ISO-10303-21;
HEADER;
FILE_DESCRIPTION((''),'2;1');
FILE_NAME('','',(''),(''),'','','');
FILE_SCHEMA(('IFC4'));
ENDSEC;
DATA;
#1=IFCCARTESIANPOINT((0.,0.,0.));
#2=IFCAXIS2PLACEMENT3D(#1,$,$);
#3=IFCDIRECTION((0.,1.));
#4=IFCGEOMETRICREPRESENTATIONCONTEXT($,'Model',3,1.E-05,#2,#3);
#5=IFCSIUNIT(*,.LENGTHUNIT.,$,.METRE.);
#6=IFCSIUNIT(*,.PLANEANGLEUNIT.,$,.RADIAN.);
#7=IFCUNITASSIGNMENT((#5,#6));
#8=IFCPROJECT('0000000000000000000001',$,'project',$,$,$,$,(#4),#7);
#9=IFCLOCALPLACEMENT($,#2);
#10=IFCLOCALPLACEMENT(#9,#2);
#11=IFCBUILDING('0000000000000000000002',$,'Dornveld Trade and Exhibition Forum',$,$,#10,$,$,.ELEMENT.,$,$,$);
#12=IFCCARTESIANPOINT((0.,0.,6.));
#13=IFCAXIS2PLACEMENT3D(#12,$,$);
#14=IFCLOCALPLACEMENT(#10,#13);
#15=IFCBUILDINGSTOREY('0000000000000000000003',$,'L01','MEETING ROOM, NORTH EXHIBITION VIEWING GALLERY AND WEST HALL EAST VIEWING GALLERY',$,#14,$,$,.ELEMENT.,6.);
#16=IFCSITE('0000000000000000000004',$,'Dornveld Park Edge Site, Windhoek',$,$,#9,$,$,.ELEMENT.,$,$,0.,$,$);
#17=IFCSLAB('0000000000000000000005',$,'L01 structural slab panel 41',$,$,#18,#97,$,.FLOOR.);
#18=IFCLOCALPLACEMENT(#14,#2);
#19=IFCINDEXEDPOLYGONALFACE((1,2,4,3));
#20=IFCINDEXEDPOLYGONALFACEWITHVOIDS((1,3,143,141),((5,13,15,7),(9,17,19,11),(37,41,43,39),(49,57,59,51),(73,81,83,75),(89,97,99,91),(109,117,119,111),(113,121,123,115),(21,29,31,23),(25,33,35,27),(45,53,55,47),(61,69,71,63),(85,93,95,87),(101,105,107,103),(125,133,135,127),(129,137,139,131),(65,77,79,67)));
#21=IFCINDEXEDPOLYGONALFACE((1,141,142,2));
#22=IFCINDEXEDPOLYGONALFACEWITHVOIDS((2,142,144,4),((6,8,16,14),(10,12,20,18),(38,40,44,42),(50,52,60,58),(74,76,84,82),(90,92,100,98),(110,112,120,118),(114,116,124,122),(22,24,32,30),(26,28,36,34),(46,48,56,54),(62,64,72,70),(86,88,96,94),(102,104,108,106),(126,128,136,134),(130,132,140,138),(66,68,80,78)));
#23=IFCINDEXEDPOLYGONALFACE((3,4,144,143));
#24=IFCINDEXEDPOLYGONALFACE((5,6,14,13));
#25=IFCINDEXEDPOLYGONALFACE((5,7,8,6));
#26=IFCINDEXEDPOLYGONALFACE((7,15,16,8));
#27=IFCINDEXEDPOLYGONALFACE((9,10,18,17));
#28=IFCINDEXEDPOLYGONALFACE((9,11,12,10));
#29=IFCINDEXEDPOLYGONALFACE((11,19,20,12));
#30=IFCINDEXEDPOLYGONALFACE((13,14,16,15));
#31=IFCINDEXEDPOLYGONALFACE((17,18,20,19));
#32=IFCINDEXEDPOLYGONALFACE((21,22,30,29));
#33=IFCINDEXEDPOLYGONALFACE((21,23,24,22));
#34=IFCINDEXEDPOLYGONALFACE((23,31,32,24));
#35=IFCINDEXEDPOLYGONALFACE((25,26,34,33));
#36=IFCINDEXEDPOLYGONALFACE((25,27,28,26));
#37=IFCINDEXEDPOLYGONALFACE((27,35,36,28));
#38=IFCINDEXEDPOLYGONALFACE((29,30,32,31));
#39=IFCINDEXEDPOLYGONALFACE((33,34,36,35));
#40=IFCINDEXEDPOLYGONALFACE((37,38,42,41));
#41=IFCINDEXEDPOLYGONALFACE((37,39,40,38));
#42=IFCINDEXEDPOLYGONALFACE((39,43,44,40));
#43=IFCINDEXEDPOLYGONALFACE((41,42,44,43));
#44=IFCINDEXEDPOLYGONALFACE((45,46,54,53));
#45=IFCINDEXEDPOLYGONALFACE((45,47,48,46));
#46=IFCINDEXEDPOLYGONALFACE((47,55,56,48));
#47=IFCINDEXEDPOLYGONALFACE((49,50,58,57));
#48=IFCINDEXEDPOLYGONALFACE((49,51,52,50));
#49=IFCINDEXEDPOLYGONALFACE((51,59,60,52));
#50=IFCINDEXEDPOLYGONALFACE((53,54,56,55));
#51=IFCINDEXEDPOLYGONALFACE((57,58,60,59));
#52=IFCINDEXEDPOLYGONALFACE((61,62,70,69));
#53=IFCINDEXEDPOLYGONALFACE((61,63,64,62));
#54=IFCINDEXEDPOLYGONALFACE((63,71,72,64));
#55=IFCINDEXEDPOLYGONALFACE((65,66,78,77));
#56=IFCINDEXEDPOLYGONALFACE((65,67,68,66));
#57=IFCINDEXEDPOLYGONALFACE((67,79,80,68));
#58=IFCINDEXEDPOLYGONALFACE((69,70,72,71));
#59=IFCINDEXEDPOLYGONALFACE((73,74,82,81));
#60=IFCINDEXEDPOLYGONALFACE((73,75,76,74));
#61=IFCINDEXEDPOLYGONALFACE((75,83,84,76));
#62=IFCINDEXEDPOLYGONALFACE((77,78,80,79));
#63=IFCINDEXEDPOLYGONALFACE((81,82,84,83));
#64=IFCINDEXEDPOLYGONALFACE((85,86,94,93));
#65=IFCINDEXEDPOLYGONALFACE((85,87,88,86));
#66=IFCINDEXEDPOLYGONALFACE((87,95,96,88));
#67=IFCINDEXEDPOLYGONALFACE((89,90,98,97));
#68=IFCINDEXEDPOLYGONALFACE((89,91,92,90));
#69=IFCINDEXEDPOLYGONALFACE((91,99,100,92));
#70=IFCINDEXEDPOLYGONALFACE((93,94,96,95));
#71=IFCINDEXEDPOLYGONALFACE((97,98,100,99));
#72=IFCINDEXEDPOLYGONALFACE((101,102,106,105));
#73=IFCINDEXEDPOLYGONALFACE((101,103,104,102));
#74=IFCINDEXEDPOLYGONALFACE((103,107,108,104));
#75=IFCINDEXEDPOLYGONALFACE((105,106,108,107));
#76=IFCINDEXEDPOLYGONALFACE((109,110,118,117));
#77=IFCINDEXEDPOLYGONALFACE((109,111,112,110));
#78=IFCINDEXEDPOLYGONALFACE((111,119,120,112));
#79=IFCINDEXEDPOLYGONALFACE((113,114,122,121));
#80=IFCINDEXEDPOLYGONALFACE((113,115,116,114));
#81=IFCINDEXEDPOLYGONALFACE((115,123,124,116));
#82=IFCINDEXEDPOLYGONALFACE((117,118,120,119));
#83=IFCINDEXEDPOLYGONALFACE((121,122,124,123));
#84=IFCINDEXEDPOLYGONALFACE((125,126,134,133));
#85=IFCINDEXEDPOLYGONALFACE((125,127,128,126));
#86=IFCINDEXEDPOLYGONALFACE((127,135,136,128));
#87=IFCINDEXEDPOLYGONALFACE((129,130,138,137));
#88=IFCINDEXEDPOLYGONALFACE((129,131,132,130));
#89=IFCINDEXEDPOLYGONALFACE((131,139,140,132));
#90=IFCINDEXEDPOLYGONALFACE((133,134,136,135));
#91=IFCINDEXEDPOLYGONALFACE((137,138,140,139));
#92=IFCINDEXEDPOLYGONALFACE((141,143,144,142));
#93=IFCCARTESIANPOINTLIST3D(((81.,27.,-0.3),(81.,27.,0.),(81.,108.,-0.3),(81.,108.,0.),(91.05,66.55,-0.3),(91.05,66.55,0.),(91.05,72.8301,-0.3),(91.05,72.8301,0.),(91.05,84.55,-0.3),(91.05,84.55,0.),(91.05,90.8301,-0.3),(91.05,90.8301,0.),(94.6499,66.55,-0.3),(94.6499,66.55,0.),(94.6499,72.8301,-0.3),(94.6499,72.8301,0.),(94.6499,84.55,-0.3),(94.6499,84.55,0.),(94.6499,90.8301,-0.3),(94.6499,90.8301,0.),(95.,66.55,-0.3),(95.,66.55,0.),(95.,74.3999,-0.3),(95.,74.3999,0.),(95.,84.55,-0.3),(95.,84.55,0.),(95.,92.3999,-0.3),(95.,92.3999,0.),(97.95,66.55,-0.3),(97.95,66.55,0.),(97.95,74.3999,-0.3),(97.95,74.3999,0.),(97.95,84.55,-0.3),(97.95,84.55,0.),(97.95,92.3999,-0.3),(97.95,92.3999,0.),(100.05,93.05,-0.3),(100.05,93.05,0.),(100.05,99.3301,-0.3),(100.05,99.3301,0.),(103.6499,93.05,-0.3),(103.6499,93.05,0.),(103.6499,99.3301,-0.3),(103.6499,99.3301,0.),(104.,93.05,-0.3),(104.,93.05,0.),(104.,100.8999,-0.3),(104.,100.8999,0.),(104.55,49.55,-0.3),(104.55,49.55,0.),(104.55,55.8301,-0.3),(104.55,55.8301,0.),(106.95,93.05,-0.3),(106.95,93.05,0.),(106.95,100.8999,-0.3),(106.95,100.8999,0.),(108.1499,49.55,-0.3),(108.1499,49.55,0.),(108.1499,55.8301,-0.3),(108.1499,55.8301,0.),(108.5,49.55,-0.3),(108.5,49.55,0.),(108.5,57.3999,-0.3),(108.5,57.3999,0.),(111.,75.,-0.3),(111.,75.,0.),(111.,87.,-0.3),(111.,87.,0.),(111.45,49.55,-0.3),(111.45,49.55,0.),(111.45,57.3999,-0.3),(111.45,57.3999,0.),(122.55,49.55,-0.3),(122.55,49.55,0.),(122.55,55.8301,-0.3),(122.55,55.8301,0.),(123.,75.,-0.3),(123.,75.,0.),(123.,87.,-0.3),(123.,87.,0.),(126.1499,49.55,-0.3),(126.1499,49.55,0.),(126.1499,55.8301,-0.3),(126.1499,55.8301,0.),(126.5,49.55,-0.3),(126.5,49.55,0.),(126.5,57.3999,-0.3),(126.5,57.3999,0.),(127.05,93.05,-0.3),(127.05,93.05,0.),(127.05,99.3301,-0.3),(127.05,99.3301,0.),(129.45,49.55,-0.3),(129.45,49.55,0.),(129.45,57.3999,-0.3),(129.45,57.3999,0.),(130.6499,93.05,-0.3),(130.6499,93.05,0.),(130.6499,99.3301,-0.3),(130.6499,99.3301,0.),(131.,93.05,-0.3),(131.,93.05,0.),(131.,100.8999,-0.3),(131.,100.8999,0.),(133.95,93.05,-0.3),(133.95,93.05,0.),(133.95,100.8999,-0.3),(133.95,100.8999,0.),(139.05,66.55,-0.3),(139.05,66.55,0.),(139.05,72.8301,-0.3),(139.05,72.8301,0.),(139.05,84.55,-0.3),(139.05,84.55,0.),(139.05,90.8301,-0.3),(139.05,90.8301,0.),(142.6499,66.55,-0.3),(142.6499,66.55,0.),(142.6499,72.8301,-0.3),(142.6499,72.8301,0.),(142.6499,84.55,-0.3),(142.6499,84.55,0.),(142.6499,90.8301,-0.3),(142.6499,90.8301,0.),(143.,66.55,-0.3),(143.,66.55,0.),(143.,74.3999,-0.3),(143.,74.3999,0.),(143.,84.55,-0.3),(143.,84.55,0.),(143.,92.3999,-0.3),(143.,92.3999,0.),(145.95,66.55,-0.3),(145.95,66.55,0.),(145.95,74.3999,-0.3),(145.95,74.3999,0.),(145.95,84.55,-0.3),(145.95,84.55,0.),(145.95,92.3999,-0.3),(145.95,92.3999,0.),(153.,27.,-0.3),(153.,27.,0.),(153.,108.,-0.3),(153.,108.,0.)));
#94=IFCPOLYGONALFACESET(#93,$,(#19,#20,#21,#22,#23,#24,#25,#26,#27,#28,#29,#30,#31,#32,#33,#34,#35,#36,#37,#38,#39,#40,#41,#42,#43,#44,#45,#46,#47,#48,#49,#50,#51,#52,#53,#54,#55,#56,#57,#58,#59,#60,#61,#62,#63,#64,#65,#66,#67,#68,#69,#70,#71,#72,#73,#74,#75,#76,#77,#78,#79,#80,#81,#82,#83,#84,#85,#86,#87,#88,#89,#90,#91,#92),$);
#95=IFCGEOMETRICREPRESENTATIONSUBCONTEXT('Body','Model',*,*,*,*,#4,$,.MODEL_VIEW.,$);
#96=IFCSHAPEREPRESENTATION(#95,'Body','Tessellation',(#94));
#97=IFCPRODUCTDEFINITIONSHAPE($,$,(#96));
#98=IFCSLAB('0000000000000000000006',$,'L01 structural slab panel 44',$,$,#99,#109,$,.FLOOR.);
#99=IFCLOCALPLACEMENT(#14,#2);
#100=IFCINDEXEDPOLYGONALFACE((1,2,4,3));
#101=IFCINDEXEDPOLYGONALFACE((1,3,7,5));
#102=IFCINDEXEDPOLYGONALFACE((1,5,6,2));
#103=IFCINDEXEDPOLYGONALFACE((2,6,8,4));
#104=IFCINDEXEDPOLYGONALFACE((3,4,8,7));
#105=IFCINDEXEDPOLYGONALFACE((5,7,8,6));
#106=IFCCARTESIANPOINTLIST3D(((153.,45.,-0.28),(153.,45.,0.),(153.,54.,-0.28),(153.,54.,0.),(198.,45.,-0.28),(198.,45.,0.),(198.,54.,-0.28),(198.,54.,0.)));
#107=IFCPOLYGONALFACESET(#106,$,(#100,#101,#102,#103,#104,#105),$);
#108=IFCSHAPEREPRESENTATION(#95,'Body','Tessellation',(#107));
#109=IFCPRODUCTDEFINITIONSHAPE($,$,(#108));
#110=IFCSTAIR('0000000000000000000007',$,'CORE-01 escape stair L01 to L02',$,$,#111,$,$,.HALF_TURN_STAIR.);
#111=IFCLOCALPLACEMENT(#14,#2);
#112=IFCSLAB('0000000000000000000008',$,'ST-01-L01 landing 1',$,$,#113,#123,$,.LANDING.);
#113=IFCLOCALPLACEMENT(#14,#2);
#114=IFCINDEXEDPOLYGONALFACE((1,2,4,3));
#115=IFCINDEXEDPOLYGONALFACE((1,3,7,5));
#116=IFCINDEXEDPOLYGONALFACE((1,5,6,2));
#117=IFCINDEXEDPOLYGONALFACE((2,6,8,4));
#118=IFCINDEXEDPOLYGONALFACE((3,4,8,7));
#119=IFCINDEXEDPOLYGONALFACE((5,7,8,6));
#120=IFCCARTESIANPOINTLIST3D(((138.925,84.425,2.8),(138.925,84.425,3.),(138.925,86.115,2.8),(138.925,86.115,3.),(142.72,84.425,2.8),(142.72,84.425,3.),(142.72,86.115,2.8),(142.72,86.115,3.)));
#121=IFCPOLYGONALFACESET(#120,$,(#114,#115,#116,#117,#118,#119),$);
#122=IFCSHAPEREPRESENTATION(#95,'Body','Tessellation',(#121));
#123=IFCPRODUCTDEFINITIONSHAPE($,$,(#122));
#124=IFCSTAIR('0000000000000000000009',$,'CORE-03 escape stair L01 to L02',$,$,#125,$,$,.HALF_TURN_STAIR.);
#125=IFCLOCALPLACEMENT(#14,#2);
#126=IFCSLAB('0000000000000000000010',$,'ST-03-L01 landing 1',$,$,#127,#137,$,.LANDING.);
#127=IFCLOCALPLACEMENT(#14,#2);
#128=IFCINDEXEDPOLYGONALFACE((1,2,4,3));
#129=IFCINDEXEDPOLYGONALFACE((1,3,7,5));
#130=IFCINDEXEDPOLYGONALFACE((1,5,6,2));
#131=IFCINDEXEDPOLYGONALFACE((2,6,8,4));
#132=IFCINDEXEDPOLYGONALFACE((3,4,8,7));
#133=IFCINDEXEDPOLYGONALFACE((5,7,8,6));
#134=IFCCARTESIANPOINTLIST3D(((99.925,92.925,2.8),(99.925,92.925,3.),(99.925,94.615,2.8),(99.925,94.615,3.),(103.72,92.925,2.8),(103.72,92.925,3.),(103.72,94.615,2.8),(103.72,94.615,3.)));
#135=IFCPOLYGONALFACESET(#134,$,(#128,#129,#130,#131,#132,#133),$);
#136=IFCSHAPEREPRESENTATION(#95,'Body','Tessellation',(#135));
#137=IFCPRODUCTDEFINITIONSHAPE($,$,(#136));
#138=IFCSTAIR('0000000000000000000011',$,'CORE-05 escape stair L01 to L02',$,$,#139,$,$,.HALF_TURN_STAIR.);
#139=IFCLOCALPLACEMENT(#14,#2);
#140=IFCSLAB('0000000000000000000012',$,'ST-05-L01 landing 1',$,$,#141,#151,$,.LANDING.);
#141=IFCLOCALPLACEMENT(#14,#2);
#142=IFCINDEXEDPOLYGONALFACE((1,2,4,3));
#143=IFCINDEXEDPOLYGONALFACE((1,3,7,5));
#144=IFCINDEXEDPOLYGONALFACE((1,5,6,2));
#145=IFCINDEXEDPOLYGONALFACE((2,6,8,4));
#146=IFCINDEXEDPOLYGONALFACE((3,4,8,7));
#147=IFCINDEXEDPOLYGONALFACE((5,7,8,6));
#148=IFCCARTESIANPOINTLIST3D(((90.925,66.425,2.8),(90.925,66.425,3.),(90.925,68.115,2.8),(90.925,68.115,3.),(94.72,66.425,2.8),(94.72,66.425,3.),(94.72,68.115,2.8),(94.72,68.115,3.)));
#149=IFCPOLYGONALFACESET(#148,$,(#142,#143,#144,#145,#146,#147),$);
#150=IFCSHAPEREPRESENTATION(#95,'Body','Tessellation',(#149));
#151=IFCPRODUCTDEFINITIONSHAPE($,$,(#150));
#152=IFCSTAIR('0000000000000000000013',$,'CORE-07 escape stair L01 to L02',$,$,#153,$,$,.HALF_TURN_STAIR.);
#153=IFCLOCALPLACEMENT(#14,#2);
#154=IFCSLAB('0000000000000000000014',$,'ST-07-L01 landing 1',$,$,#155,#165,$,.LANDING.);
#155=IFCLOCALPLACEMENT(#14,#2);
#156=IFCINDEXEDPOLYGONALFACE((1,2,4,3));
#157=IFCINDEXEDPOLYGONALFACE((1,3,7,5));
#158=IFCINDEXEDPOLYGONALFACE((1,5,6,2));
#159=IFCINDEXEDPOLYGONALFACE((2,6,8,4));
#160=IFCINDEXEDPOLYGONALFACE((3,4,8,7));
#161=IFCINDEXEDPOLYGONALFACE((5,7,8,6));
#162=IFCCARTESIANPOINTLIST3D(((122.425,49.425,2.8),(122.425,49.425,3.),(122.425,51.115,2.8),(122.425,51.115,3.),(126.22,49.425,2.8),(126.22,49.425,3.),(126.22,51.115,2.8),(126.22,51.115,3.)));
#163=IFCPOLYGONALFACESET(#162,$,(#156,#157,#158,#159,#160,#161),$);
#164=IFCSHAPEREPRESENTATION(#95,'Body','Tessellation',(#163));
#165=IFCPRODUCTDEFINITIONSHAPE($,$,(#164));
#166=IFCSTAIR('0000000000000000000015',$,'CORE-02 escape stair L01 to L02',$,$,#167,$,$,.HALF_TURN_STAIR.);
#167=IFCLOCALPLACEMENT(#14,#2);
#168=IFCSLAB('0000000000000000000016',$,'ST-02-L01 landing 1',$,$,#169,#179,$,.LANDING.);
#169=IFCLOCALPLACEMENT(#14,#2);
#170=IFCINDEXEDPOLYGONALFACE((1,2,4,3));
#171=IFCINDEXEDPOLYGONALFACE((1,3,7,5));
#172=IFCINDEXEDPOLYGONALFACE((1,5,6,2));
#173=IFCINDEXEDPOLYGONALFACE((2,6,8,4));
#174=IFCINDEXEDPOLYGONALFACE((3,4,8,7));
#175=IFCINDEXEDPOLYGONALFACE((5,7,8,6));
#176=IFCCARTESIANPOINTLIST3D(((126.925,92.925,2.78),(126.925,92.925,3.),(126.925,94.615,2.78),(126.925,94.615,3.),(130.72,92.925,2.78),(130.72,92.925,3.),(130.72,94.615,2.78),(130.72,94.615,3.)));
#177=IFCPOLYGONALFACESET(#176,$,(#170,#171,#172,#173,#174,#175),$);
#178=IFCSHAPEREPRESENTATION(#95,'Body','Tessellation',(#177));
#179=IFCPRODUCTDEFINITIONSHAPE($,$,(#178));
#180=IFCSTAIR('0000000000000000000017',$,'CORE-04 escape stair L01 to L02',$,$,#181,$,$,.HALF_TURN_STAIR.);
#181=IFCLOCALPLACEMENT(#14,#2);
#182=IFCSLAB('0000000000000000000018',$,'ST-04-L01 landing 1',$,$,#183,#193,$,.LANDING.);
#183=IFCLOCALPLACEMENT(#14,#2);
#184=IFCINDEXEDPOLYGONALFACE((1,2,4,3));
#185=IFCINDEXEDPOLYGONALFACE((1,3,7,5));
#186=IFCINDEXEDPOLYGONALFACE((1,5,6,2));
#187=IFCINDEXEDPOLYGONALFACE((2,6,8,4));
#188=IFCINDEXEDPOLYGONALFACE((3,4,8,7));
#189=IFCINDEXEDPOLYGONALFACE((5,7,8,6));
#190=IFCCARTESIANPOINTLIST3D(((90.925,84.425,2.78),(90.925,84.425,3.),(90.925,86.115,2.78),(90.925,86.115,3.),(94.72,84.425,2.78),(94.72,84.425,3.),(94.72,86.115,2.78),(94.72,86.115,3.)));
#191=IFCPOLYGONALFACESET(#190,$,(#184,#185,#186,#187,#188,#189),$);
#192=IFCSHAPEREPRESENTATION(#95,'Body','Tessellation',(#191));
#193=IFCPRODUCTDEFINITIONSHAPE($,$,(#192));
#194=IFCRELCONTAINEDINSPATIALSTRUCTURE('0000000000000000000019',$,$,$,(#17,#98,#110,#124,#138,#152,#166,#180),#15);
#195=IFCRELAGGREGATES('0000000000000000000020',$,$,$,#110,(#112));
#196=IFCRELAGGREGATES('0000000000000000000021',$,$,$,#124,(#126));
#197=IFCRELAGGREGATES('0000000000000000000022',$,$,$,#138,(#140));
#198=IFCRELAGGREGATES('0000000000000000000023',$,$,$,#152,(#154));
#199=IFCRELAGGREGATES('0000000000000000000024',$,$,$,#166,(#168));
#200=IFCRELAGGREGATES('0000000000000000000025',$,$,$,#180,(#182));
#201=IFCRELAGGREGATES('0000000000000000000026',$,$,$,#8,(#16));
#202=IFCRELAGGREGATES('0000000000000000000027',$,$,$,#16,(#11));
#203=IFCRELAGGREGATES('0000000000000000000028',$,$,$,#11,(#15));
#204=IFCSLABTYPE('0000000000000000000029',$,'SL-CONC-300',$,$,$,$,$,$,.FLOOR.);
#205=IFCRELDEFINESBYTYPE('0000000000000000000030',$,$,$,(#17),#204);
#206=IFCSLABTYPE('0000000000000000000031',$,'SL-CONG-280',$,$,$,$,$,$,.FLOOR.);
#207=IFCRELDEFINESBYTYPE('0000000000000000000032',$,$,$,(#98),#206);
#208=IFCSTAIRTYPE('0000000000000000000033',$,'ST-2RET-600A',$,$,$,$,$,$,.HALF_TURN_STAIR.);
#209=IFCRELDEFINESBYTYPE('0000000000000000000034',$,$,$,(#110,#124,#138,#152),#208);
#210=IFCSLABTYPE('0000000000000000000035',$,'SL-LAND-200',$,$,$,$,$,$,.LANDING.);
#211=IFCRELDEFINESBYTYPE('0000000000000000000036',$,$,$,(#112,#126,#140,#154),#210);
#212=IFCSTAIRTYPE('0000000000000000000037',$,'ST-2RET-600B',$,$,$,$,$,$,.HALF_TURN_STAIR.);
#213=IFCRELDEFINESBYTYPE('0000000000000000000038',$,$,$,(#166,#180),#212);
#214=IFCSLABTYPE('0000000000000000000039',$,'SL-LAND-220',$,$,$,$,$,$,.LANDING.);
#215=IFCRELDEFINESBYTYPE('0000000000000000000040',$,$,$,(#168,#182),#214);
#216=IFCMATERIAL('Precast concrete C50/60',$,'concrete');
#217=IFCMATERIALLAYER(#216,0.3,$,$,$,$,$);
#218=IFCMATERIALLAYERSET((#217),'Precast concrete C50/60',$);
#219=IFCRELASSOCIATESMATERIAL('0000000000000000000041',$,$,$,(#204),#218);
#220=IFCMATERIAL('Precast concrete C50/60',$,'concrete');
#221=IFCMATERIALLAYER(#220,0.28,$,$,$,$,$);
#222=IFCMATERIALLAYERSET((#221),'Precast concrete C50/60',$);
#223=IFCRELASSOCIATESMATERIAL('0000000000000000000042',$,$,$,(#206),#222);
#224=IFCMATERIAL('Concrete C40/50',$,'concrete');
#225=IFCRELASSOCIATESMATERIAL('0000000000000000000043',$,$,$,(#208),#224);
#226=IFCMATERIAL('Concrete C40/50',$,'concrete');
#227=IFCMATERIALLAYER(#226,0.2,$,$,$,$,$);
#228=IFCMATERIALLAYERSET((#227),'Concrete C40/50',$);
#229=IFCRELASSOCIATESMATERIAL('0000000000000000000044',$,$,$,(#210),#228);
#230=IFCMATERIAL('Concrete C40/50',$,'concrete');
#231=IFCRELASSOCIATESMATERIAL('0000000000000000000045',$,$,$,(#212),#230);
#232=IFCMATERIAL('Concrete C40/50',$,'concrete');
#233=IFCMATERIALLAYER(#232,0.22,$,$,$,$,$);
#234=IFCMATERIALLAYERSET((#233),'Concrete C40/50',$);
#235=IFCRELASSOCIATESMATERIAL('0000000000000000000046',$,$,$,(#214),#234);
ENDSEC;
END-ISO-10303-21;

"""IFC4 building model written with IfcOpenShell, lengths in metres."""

from ifc_helpers import new_model, si_unit, direction, frame, origin, place, context, subcontext, project, spatial, polyline, outline, extrude, material, layer, layer_set, type_object, element, aggregate, save


model = new_model("IFC4")

# Units and contexts
model_context = context("Model", 3, precision=1e-05, world=origin(), true_north=direction((0.0, 1.0)))
body_context = subcontext(model_context, "Body", "Model", "MODEL_VIEW")
ifc_project = project(units=[si_unit("LENGTHUNIT", "METRE"), si_unit("PLANEANGLEUNIT", "RADIAN")], contexts=[model_context])

# Site, building, storey
site_placement = place(None, origin())
site = spatial("IfcSite", under=ifc_project, at=site_placement, Name="Dornveld Park Edge Site, Windhoek", CompositionType="ELEMENT", RefElevation=0.0)
building_placement = place(site_placement, origin())
building = spatial("IfcBuilding", under=site, at=building_placement, Name="Dornveld Trade and Exhibition Forum", CompositionType="ELEMENT")
storey_placement = place(building_placement, frame((0.0, 0.0, 6.0)))
storey = spatial("IfcBuildingStorey", under=building, at=storey_placement, Name="L01", Description="MEETING ROOM, NORTH EXHIBITION VIEWING GALLERY AND WEST HALL EAST VIEWING GALLERY", CompositionType="ELEMENT", Elevation=6.0)

# Slabs
ifc_material_1 = material(Name="Precast concrete C50/60", Category="concrete")
ifc_layer_1 = layer(ifc_material_1, 0.3)
ifc_layer_set_1 = layer_set([ifc_layer_1], Name="Precast concrete C50/60")
slab_type_1 = type_object("IfcSlabType", Name="SL-CONC-300", PredefinedType="FLOOR", material=ifc_layer_set_1)
slab_1_placement = place(storey_placement, frame((0.0, 0.0, -0.3)))
element("IfcSlab", 1, at=slab_1_placement, inside=storey, type_object=slab_type_1, Name="L01 structural slab panel 41", PredefinedType="FLOOR", context=body_context, shape_type="SweptSolid", body=[
    extrude(outline(polyline([(81.0, 27.0), (153.0, 27.0), (153.0, 108.0), (81.0, 108.0), (81.0, 27.0)]), holes=[polyline([(139.05, 84.55), (142.6499, 84.55), (142.6499, 90.8301), (139.05, 90.8301), (139.05, 84.55)]), polyline([(143.0, 84.55), (145.95, 84.55), (145.95, 92.3999), (143.0, 92.3999), (143.0, 84.55)]), polyline([(127.05, 93.05), (130.6499, 93.05), (130.6499, 99.3301), (127.05, 99.3301), (127.05, 93.05)]), polyline([(131.0, 93.05), (133.95, 93.05), (133.95, 100.8999), (131.0, 100.8999), (131.0, 93.05)]), polyline([(100.05, 93.05), (103.6499, 93.05), (103.6499, 99.3301), (100.05, 99.3301), (100.05, 93.05)]), polyline([(104.0, 93.05), (106.95, 93.05), (106.95, 100.8999), (104.0, 100.8999), (104.0, 93.05)]), polyline([(91.05, 84.55), (94.6499, 84.55), (94.6499, 90.8301), (91.05, 90.8301), (91.05, 84.55)]), polyline([(95.0, 84.55), (97.95, 84.55), (97.95, 92.3999), (95.0, 92.3999), (95.0, 84.55)]), polyline([(91.05, 66.55), (94.6499, 66.55), (94.6499, 72.8301), (91.05, 72.8301), (91.05, 66.55)]), polyline([(95.0, 66.55), (97.95, 66.55), (97.95, 74.3999), (95.0, 74.3999), (95.0, 66.55)]), polyline([(104.55, 49.55), (108.1499, 49.55), (108.1499, 55.8301), (104.55, 55.8301), (104.55, 49.55)]), polyline([(108.5, 49.55), (111.45, 49.55), (111.45, 57.3999), (108.5, 57.3999), (108.5, 49.55)]), polyline([(122.55, 49.55), (126.1499, 49.55), (126.1499, 55.8301), (122.55, 55.8301), (122.55, 49.55)]), polyline([(126.5, 49.55), (129.45, 49.55), (129.45, 57.3999), (126.5, 57.3999), (126.5, 49.55)]), polyline([(139.05, 66.55), (142.6499, 66.55), (142.6499, 72.8301), (139.05, 72.8301), (139.05, 66.55)]), polyline([(143.0, 66.55), (145.95, 66.55), (145.95, 74.3999), (143.0, 74.3999), (143.0, 66.55)]), polyline([(111.0, 75.0), (123.0, 75.0), (123.0, 87.0), (111.0, 87.0), (111.0, 75.0)])]), origin(), (0.0, 0.0, 1.0), 0.3),
])
ifc_material_2 = material(Name="Precast concrete C50/60", Category="concrete")
ifc_layer_2 = layer(ifc_material_2, 0.28)
ifc_layer_set_2 = layer_set([ifc_layer_2], Name="Precast concrete C50/60")
slab_type_2 = type_object("IfcSlabType", Name="SL-CONG-280", PredefinedType="FLOOR", material=ifc_layer_set_2)
slab_2_placement = place(storey_placement, frame((0.0, 0.0, -0.28)))
element("IfcSlab", 2, at=slab_2_placement, inside=storey, type_object=slab_type_2, Name="L01 structural slab panel 44", PredefinedType="FLOOR", context=body_context, shape_type="SweptSolid", body=[
    extrude(outline(polyline([(153.0, 45.0), (198.0, 45.0), (198.0, 54.0), (153.0, 54.0), (153.0, 45.0)])), origin(), (0.0, 0.0, 1.0), 0.28),
])

# Stairs, slabs
ifc_material_3 = material(Name="Concrete C40/50", Category="concrete")
stair_type_1 = type_object("IfcStairType", Name="ST-2RET-600A", PredefinedType="HALF_TURN_STAIR", material=ifc_material_3)
stair_1_placement = place(storey_placement, origin())
stair_1 = element("IfcStair", 3, at=stair_1_placement, inside=storey, type_object=stair_type_1, Name="CORE-01 escape stair L01 to L02", PredefinedType="HALF_TURN_STAIR")
ifc_material_4 = material(Name="Concrete C40/50", Category="concrete")
ifc_layer_3 = layer(ifc_material_4, 0.2)
ifc_layer_set_3 = layer_set([ifc_layer_3], Name="Concrete C40/50")
slab_type_3 = type_object("IfcSlabType", Name="SL-LAND-200", PredefinedType="LANDING", material=ifc_layer_set_3)
slab_3_placement = place(storey_placement, frame((0.0, 0.0, 2.8)))
slab_3 = element("IfcSlab", 4, at=slab_3_placement, type_object=slab_type_3, Name="ST-01-L01 landing 1", PredefinedType="LANDING", context=body_context, shape_type="SweptSolid", body=[
    extrude(outline(polyline([(138.925, 84.425), (142.72, 84.425), (142.72, 86.115), (138.925, 86.115), (138.925, 84.425)])), origin(), (0.0, 0.0, 1.0), 0.2),
])
aggregate(stair_1, [slab_3])
stair_2_placement = place(storey_placement, origin())
stair_2 = element("IfcStair", 5, at=stair_2_placement, inside=storey, type_object=stair_type_1, Name="CORE-03 escape stair L01 to L02", PredefinedType="HALF_TURN_STAIR")
slab_4_placement = place(storey_placement, frame((0.0, 0.0, 2.8)))
slab_4 = element("IfcSlab", 6, at=slab_4_placement, type_object=slab_type_3, Name="ST-03-L01 landing 1", PredefinedType="LANDING", context=body_context, shape_type="SweptSolid", body=[
    extrude(outline(polyline([(99.925, 92.925), (103.72, 92.925), (103.72, 94.615), (99.925, 94.615), (99.925, 92.925)])), origin(), (0.0, 0.0, 1.0), 0.2),
])
aggregate(stair_2, [slab_4])
stair_3_placement = place(storey_placement, origin())
stair_3 = element("IfcStair", 7, at=stair_3_placement, inside=storey, type_object=stair_type_1, Name="CORE-05 escape stair L01 to L02", PredefinedType="HALF_TURN_STAIR")
slab_5_placement = place(storey_placement, frame((0.0, 0.0, 2.8)))
slab_5 = element("IfcSlab", 8, at=slab_5_placement, type_object=slab_type_3, Name="ST-05-L01 landing 1", PredefinedType="LANDING", context=body_context, shape_type="SweptSolid", body=[
    extrude(outline(polyline([(90.925, 66.425), (94.72, 66.425), (94.72, 68.115), (90.925, 68.115), (90.925, 66.425)])), origin(), (0.0, 0.0, 1.0), 0.2),
])
aggregate(stair_3, [slab_5])
stair_4_placement = place(storey_placement, origin())
stair_4 = element("IfcStair", 9, at=stair_4_placement, inside=storey, type_object=stair_type_1, Name="CORE-07 escape stair L01 to L02", PredefinedType="HALF_TURN_STAIR")
slab_6_placement = place(storey_placement, frame((0.0, 0.0, 2.8)))
slab_6 = element("IfcSlab", 10, at=slab_6_placement, type_object=slab_type_3, Name="ST-07-L01 landing 1", PredefinedType="LANDING", context=body_context, shape_type="SweptSolid", body=[
    extrude(outline(polyline([(122.425, 49.425), (126.22, 49.425), (126.22, 51.115), (122.425, 51.115), (122.425, 49.425)])), origin(), (0.0, 0.0, 1.0), 0.2),
])
aggregate(stair_4, [slab_6])
ifc_material_5 = material(Name="Concrete C40/50", Category="concrete")
stair_type_2 = type_object("IfcStairType", Name="ST-2RET-600B", PredefinedType="HALF_TURN_STAIR", material=ifc_material_5)
stair_5_placement = place(storey_placement, origin())
stair_5 = element("IfcStair", 11, at=stair_5_placement, inside=storey, type_object=stair_type_2, Name="CORE-02 escape stair L01 to L02", PredefinedType="HALF_TURN_STAIR")
ifc_material_6 = material(Name="Concrete C40/50", Category="concrete")
ifc_layer_4 = layer(ifc_material_6, 0.22)
ifc_layer_set_4 = layer_set([ifc_layer_4], Name="Concrete C40/50")
slab_type_4 = type_object("IfcSlabType", Name="SL-LAND-220", PredefinedType="LANDING", material=ifc_layer_set_4)
slab_7_placement = place(storey_placement, frame((0.0, 0.0, 2.78)))
slab_7 = element("IfcSlab", 12, at=slab_7_placement, type_object=slab_type_4, Name="ST-02-L01 landing 1", PredefinedType="LANDING", context=body_context, shape_type="SweptSolid", body=[
    extrude(outline(polyline([(126.925, 92.925), (130.72, 92.925), (130.72, 94.615), (126.925, 94.615), (126.925, 92.925)])), origin(), (0.0, 0.0, 1.0), 0.22),
])
aggregate(stair_5, [slab_7])
stair_6_placement = place(storey_placement, origin())
stair_6 = element("IfcStair", 13, at=stair_6_placement, inside=storey, type_object=stair_type_2, Name="CORE-04 escape stair L01 to L02", PredefinedType="HALF_TURN_STAIR")
slab_8_placement = place(storey_placement, frame((0.0, 0.0, 2.78)))
slab_8 = element("IfcSlab", 14, at=slab_8_placement, type_object=slab_type_4, Name="ST-04-L01 landing 1", PredefinedType="LANDING", context=body_context, shape_type="SweptSolid", body=[
    extrude(outline(polyline([(90.925, 84.425), (94.72, 84.425), (94.72, 86.115), (90.925, 86.115), (90.925, 84.425)])), origin(), (0.0, 0.0, 1.0), 0.22),
])
aggregate(stair_6, [slab_8])

save(model, "model.ifc")
